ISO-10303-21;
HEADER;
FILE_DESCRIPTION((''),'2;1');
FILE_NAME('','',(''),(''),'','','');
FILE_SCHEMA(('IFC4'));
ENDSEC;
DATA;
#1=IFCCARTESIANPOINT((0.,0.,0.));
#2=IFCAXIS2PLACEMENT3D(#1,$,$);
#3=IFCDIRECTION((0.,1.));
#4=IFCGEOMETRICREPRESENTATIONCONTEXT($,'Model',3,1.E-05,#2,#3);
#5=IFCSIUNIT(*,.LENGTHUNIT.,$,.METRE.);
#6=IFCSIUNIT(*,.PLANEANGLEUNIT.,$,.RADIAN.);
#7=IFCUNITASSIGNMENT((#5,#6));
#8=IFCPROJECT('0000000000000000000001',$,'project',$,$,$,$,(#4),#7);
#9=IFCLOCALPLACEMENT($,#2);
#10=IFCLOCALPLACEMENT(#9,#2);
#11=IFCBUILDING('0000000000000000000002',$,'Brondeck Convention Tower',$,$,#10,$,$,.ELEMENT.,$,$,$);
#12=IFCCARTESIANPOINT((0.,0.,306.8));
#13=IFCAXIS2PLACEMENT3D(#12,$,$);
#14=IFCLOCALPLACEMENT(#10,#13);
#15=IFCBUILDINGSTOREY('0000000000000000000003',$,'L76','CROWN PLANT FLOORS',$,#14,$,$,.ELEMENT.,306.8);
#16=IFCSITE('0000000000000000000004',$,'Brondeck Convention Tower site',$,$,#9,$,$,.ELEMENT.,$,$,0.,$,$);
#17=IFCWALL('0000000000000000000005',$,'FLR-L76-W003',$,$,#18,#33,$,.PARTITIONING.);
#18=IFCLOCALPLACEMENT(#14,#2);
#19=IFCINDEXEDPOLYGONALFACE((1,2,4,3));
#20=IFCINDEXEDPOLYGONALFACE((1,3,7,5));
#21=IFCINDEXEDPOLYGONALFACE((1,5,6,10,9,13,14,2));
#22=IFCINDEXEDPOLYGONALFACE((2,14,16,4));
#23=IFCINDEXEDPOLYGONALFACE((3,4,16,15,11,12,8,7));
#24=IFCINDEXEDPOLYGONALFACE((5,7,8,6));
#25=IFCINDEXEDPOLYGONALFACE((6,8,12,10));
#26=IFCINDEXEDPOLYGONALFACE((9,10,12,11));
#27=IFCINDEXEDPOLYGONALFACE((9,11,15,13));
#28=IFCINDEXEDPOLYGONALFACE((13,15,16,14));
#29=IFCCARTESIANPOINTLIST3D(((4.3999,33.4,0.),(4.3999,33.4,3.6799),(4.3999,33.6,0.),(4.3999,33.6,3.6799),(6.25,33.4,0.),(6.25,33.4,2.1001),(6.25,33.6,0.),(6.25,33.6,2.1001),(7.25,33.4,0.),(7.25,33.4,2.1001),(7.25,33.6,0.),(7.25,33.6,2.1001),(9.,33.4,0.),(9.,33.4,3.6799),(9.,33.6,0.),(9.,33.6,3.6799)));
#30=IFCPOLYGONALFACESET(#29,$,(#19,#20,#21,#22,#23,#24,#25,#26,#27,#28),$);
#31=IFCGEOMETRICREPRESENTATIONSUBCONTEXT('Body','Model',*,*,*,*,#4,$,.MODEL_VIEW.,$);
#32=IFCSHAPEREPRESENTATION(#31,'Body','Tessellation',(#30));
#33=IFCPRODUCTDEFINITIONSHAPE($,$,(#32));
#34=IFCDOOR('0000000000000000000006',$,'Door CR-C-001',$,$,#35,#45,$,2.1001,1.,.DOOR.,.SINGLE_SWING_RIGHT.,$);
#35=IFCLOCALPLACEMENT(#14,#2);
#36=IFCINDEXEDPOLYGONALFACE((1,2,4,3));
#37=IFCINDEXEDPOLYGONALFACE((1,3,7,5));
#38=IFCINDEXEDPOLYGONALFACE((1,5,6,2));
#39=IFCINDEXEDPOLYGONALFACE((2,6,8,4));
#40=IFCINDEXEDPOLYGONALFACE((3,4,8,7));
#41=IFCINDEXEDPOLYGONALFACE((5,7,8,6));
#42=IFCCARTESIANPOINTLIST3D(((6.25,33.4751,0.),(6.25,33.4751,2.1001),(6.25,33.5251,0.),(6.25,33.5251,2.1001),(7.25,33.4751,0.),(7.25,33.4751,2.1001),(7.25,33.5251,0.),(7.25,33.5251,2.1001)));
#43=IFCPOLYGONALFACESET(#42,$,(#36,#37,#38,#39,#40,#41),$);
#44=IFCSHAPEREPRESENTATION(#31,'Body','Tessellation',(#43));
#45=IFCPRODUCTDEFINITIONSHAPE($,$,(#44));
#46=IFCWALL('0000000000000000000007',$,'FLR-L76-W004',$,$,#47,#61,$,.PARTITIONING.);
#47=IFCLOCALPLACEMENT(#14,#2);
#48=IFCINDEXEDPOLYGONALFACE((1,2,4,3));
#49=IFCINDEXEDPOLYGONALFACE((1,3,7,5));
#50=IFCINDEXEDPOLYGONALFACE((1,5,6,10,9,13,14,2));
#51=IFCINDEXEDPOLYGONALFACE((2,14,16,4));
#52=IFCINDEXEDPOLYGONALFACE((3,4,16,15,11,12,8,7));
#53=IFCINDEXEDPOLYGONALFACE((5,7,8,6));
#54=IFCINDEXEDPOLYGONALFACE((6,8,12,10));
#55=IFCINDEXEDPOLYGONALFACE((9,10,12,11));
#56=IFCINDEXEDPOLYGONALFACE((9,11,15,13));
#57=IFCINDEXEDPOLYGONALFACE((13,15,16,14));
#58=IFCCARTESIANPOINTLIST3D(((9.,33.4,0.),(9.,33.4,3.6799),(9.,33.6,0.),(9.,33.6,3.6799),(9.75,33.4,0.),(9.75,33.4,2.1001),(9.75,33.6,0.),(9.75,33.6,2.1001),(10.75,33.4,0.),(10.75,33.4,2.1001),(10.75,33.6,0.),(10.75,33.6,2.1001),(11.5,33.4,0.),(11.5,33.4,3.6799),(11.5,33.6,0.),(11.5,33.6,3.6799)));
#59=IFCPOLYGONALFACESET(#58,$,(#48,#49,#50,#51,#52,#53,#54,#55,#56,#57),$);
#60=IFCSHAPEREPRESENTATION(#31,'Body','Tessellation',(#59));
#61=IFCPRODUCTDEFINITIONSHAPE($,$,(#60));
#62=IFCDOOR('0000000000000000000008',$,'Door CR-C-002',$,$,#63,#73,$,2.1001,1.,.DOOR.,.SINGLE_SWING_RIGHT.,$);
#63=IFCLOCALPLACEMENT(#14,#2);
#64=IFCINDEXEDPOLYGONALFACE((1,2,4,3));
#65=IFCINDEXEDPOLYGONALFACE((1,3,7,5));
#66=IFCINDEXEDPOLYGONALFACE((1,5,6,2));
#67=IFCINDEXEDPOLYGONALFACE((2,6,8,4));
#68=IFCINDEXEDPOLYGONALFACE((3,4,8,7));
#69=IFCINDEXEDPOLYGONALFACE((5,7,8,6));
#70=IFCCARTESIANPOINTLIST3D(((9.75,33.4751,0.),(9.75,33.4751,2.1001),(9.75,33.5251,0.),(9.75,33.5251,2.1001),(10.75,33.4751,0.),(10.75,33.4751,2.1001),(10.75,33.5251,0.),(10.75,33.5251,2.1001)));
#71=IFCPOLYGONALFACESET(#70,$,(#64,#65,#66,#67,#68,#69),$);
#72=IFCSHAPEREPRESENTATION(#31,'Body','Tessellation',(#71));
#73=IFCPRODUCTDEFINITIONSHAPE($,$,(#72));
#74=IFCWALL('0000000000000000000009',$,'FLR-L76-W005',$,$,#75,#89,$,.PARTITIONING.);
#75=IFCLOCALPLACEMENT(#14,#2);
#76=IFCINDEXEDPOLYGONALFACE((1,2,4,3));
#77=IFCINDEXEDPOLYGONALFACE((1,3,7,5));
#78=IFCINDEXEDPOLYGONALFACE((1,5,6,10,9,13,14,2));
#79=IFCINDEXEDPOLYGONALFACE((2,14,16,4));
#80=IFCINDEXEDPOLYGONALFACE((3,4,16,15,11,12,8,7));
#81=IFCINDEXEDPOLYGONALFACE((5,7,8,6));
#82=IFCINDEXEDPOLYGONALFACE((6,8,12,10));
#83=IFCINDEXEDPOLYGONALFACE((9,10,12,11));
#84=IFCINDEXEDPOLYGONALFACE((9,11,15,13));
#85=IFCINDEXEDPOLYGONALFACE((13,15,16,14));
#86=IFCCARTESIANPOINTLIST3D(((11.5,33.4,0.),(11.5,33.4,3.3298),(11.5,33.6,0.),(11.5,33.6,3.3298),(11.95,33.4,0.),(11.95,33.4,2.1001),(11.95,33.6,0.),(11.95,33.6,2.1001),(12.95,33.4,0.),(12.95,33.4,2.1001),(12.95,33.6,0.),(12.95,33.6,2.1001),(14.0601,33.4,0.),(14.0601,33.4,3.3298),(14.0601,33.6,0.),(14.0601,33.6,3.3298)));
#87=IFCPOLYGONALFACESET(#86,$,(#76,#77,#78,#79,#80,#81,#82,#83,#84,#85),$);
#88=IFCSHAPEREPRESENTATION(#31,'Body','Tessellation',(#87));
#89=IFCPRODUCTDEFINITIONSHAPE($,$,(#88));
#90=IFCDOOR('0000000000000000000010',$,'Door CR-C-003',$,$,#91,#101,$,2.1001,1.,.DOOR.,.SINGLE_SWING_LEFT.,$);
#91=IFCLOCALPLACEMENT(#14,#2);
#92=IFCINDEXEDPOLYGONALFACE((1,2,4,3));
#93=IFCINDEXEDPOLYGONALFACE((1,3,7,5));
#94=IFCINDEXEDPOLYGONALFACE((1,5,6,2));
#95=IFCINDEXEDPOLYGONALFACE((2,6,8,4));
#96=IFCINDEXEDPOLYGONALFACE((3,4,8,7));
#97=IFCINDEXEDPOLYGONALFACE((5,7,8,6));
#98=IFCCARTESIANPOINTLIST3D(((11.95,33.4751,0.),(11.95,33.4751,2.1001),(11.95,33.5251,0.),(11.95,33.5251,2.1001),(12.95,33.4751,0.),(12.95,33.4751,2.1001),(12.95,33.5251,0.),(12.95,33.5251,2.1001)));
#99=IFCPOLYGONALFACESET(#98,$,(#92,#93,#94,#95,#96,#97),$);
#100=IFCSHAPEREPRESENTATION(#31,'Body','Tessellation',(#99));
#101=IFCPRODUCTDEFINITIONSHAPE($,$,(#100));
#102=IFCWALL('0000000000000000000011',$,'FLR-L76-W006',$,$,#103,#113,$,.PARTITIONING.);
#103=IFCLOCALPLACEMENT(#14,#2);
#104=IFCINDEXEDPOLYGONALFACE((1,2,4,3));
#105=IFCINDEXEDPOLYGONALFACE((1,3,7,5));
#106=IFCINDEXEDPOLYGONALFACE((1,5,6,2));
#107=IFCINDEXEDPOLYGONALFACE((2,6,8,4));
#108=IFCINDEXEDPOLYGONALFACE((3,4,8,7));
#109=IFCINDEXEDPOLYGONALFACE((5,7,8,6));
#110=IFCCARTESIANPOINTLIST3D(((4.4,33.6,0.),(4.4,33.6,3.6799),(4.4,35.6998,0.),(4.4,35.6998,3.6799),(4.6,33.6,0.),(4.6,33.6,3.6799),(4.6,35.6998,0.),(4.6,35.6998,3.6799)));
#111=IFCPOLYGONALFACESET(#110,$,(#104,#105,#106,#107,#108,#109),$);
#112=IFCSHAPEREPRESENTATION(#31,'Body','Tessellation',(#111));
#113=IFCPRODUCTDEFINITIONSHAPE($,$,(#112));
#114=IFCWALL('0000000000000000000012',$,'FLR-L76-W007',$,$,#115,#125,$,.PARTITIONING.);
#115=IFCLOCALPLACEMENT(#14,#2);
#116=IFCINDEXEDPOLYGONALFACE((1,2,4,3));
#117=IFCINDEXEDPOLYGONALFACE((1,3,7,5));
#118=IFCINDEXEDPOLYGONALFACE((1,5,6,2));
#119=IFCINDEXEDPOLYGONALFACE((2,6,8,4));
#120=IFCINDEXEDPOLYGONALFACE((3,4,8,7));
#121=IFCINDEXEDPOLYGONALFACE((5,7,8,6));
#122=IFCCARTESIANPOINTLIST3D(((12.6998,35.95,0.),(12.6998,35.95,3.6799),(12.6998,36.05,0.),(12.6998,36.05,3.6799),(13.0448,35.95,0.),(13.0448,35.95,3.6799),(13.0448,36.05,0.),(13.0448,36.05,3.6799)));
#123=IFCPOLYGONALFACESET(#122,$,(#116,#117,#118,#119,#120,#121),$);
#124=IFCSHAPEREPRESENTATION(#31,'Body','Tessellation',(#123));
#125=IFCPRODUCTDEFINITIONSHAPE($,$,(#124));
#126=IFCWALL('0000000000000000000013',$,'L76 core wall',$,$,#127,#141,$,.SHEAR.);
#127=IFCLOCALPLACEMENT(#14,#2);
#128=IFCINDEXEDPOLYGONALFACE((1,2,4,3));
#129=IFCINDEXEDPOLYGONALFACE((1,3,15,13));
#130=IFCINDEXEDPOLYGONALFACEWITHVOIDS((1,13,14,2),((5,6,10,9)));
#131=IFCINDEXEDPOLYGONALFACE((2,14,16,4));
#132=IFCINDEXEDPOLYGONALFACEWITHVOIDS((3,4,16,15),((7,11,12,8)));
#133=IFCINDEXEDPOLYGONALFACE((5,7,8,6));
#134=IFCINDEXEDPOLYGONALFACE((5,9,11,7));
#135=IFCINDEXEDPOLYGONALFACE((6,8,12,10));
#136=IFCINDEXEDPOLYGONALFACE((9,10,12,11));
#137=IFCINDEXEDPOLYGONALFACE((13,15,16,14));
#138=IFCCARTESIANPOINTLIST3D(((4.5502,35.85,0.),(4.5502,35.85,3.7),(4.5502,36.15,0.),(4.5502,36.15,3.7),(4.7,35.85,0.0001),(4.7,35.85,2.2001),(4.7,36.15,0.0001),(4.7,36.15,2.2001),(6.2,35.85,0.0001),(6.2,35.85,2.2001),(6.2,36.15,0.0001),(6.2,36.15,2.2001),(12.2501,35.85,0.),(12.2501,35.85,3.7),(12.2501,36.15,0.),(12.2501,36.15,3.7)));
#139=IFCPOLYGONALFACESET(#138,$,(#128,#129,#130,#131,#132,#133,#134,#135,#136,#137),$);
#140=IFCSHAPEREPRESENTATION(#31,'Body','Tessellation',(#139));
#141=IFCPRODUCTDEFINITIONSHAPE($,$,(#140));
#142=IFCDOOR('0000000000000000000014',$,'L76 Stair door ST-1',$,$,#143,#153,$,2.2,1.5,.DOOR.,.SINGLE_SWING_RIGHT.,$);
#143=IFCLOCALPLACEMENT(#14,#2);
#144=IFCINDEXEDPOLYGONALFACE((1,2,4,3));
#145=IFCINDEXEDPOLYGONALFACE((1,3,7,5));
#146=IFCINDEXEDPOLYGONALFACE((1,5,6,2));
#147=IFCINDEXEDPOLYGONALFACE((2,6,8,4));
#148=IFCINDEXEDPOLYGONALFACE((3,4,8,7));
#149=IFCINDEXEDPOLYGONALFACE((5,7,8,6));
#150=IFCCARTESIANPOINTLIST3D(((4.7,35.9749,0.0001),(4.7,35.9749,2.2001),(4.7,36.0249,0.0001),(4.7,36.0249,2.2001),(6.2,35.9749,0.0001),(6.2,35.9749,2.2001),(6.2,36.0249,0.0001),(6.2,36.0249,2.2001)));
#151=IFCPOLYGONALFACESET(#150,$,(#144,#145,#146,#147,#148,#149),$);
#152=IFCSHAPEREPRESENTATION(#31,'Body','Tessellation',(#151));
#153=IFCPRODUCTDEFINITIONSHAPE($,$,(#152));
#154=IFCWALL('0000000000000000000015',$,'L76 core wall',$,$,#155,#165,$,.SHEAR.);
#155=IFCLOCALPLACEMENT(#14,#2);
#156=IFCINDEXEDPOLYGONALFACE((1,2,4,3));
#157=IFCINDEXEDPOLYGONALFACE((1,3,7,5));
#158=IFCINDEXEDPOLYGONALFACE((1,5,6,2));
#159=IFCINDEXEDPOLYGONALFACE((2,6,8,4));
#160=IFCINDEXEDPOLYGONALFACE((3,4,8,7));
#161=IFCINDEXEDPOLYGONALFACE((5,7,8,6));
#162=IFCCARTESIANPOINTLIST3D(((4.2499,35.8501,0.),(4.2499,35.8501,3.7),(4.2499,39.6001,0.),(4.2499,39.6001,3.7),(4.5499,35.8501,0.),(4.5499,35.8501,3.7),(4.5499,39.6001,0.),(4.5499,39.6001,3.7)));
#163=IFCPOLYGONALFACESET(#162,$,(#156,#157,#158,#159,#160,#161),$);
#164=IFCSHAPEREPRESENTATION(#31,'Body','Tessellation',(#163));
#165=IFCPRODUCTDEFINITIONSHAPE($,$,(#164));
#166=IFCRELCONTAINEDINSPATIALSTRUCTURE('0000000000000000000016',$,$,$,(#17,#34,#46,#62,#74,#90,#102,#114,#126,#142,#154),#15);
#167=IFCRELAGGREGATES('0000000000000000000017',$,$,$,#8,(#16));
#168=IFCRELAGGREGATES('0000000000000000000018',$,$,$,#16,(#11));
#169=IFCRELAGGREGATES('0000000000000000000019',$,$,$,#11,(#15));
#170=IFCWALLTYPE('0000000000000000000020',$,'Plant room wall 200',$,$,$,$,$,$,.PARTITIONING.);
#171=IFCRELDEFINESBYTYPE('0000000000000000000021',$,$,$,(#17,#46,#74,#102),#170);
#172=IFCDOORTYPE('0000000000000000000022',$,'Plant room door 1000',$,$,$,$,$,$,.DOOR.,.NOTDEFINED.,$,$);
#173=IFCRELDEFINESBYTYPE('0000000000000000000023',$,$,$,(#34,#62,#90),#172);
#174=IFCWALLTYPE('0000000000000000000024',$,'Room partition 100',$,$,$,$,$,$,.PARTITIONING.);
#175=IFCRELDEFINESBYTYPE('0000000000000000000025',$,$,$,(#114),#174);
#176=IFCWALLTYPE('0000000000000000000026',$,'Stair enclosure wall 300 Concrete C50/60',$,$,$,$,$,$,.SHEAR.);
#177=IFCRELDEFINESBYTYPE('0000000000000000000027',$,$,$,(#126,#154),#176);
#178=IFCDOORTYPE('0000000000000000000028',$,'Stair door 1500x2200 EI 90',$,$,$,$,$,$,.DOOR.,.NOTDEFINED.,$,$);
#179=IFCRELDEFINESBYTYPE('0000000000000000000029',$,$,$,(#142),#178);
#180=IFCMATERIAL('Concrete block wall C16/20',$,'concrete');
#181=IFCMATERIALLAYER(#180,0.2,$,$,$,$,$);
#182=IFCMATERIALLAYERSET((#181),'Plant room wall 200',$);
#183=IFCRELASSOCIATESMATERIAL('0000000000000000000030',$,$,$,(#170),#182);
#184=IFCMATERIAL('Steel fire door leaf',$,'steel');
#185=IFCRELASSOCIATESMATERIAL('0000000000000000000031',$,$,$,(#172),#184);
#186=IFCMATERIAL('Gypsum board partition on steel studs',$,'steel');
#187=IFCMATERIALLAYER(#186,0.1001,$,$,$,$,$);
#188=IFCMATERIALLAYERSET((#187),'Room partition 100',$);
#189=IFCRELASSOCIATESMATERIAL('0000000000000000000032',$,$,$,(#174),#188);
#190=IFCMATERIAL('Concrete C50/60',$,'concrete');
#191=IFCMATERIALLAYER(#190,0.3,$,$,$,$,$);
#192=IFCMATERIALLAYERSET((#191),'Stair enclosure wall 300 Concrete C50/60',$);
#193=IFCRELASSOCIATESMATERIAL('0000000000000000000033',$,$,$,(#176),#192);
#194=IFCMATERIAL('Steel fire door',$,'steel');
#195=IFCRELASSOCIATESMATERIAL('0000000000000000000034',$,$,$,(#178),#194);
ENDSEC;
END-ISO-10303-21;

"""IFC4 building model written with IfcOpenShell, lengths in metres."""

from ifc_helpers import new_model, si_unit, direction, frame, frame_2d, origin, place, context, subcontext, project, spatial, rectangle, extrude, material, layer, layer_set, type_object, element, fill, save


model = new_model("IFC4")

# Units and contexts
model_context = context("Model", 3, precision=1e-05, world=origin(), true_north=direction((0.0, 1.0)))
body_context = subcontext(model_context, "Body", "Model", "MODEL_VIEW")
ifc_project = project(units=[si_unit("LENGTHUNIT", "METRE"), si_unit("PLANEANGLEUNIT", "RADIAN")], contexts=[model_context])

# Site, building, storey
site_placement = place(None, origin())
site = spatial("IfcSite", under=ifc_project, at=site_placement, Name="Brondeck Convention Tower site", CompositionType="ELEMENT", RefElevation=0.0)
building_placement = place(site_placement, origin())
building = spatial("IfcBuilding", under=site, at=building_placement, Name="Brondeck Convention Tower", CompositionType="ELEMENT")
storey_placement = place(building_placement, frame((0.0, 0.0, 306.8)))
storey = spatial("IfcBuildingStorey", under=building, at=storey_placement, Name="L76", Description="CROWN PLANT FLOORS", CompositionType="ELEMENT", Elevation=306.8)

# Shared definitions
ifc_material_1 = material(Name="Concrete C50/60", Category="concrete")

# Shared definitions
ifc_material_2 = material(Name="Concrete block wall C16/20", Category="concrete")
ifc_layer_1 = layer(ifc_material_2, 0.2)
ifc_layer_set_1 = layer_set([ifc_layer_1], Name="Plant room wall 200")
wall_type_1 = type_object("IfcWallType", Name="Plant room wall 200", PredefinedType="PARTITIONING", material=ifc_layer_set_1)

# Walls, openings, doors
wall_1_placement = place(storey_placement, frame((9.0, 33.5, 0.0), z_axis=(0.0, 0.0, 1.0), x_axis=(-1.0, 0.0, 0.0)))
wall_1 = element("IfcWall", 1, at=wall_1_placement, inside=storey, type_object=wall_type_1, Name="FLR-L76-W003", PredefinedType="PARTITIONING", context=body_context, shape_type="SweptSolid", body=[
    extrude(rectangle(XDim=4.6001, YDim=0.2, at=frame_2d((2.3, 0.0))), origin(), (0.0, 0.0, 1.0), 3.6799),
])
opening_1_placement = place(wall_1_placement, frame((1.75, 0.0, 0.0)))
opening_1 = element("IfcOpeningElement", 2, at=opening_1_placement, cuts=wall_1, PredefinedType="OPENING", context=body_context, shape_type="SweptSolid", body=[
    extrude(rectangle(XDim=1.0, YDim=2.1001, at=frame_2d((0.5, 1.05))), frame((0.0, 0.1099, 0.0), z_axis=(0.0, -1.0, 0.0), x_axis=(1.0, 0.0, 0.0)), (0.0, 0.0, 1.0), 0.22),
])
ifc_material_3 = material(Name="Steel fire door leaf", Category="steel")
door_type_1 = type_object("IfcDoorType", Name="Plant room door 1000", OperationType="NOTDEFINED", PredefinedType="DOOR", material=ifc_material_3)
door_1_placement = place(opening_1_placement, origin())
door_1 = element("IfcDoor", 3, at=door_1_placement, inside=storey, type_object=door_type_1, Name="Door CR-C-001", OperationType="SINGLE_SWING_RIGHT", OverallHeight=2.1001, OverallWidth=1.0, PredefinedType="DOOR", context=body_context, shape_type="SweptSolid", body=[
    extrude(rectangle(XDim=1.0, YDim=2.1001, at=frame_2d((0.5, 1.05))), frame((0.0, 0.0249, 0.0), z_axis=(0.0, -1.0, 0.0), x_axis=(1.0, 0.0, 0.0)), (0.0, 0.0, 1.0), 0.05),
])
fill(opening_1, door_1)
wall_2_placement = place(storey_placement, frame((11.5, 33.5, 0.0), z_axis=(0.0, 0.0, 1.0), x_axis=(-1.0, 0.0, 0.0)))
wall_2 = element("IfcWall", 4, at=wall_2_placement, inside=storey, type_object=wall_type_1, Name="FLR-L76-W004", PredefinedType="PARTITIONING", context=body_context, shape_type="SweptSolid", body=[
    extrude(rectangle(XDim=2.5, YDim=0.2, at=frame_2d((1.25, 0.0))), origin(), (0.0, 0.0, 1.0), 3.6799),
])
opening_2_placement = place(wall_2_placement, frame((0.75, 0.0, 0.0)))
opening_2 = element("IfcOpeningElement", 5, at=opening_2_placement, cuts=wall_2, PredefinedType="OPENING", context=body_context, shape_type="SweptSolid", body=[
    extrude(rectangle(XDim=1.0, YDim=2.1001, at=frame_2d((0.5, 1.05))), frame((0.0, 0.1099, 0.0), z_axis=(0.0, -1.0, 0.0), x_axis=(1.0, 0.0, 0.0)), (0.0, 0.0, 1.0), 0.22),
])
door_2_placement = place(opening_2_placement, origin())
door_2 = element("IfcDoor", 6, at=door_2_placement, inside=storey, type_object=door_type_1, Name="Door CR-C-002", OperationType="SINGLE_SWING_RIGHT", OverallHeight=2.1001, OverallWidth=1.0, PredefinedType="DOOR", context=body_context, shape_type="SweptSolid", body=[
    extrude(rectangle(XDim=1.0, YDim=2.1001, at=frame_2d((0.5, 1.05))), frame((0.0, 0.0249, 0.0), z_axis=(0.0, -1.0, 0.0), x_axis=(1.0, 0.0, 0.0)), (0.0, 0.0, 1.0), 0.05),
])
fill(opening_2, door_2)
wall_3_placement = place(storey_placement, frame((14.0601, 33.5, 0.0), z_axis=(0.0, 0.0, 1.0), x_axis=(-1.0, 0.0, 0.0)))
wall_3 = element("IfcWall", 7, at=wall_3_placement, inside=storey, type_object=wall_type_1, Name="FLR-L76-W005", PredefinedType="PARTITIONING", context=body_context, shape_type="SweptSolid", body=[
    extrude(rectangle(XDim=2.5601, YDim=0.2, at=frame_2d((1.28, 0.0))), origin(), (0.0, 0.0, 1.0), 3.3298),
])
opening_3_placement = place(wall_3_placement, frame((1.1101, 0.0, 0.0)))
opening_3 = element("IfcOpeningElement", 8, at=opening_3_placement, cuts=wall_3, PredefinedType="OPENING", context=body_context, shape_type="SweptSolid", body=[
    extrude(rectangle(XDim=1.0, YDim=2.1001, at=frame_2d((0.5, 1.05))), frame((0.0, 0.1099, 0.0), z_axis=(0.0, -1.0, 0.0), x_axis=(1.0, 0.0, 0.0)), (0.0, 0.0, 1.0), 0.22),
])
door_3_placement = place(opening_3_placement, origin())
door_3 = element("IfcDoor", 9, at=door_3_placement, inside=storey, type_object=door_type_1, Name="Door CR-C-003", OperationType="SINGLE_SWING_LEFT", OverallHeight=2.1001, OverallWidth=1.0, PredefinedType="DOOR", context=body_context, shape_type="SweptSolid", body=[
    extrude(rectangle(XDim=1.0, YDim=2.1001, at=frame_2d((0.5, 1.05))), frame((0.0, 0.0249, 0.0), z_axis=(0.0, -1.0, 0.0), x_axis=(1.0, 0.0, 0.0)), (0.0, 0.0, 1.0), 0.05),
])
fill(opening_3, door_3)

# Walls
wall_4_placement = place(storey_placement, frame((4.5, 33.6001, 0.0), z_axis=(0.0, 0.0, 1.0), x_axis=(0.0, 1.0, 0.0)))
element("IfcWall", 10, at=wall_4_placement, inside=storey, type_object=wall_type_1, Name="FLR-L76-W006", PredefinedType="PARTITIONING", context=body_context, shape_type="SweptSolid", body=[
    extrude(rectangle(XDim=2.0999, YDim=0.2, at=frame_2d((1.0498, 0.0))), origin(), (0.0, 0.0, 1.0), 3.6799),
])
ifc_material_4 = material(Name="Gypsum board partition on steel studs", Category="steel")
ifc_layer_2 = layer(ifc_material_4, 0.1001)
ifc_layer_set_2 = layer_set([ifc_layer_2], Name="Room partition 100")
wall_type_2 = type_object("IfcWallType", Name="Room partition 100", PredefinedType="PARTITIONING", material=ifc_layer_set_2)
wall_5_placement = place(storey_placement, frame((12.7, 36.0, 0.0), z_axis=(0.0, 0.0, 1.0), x_axis=(1.0, 0.0, 0.0)))
element("IfcWall", 11, at=wall_5_placement, inside=storey, type_object=wall_type_2, Name="FLR-L76-W007", PredefinedType="PARTITIONING", context=body_context, shape_type="SweptSolid", body=[
    extrude(rectangle(XDim=0.345, YDim=0.1001, at=frame_2d((0.1724, 0.0))), origin(), (0.0, 0.0, 1.0), 3.6799),
])

# Wall, opening, door
ifc_layer_3 = layer(ifc_material_1, 0.3)
ifc_layer_set_3 = layer_set([ifc_layer_3], Name="Stair enclosure wall 300 Concrete C50/60")
wall_type_3 = type_object("IfcWallType", Name="Stair enclosure wall 300 Concrete C50/60", PredefinedType="SHEAR", material=ifc_layer_set_3)
wall_6_placement = place(storey_placement, frame((4.55, 36.0, 0.0), z_axis=(0.0, 0.0, 1.0), x_axis=(1.0, 0.0, 0.0)))
wall_6 = element("IfcWall", 12, at=wall_6_placement, inside=storey, type_object=wall_type_3, Name="L76 core wall", PredefinedType="SHEAR", context=body_context, shape_type="SweptSolid", body=[
    extrude(rectangle(XDim=7.7, YDim=0.3, at=frame_2d((3.8501, 0.0))), origin(), (0.0, 0.0, 1.0), 3.7),
])
opening_4_placement = place(wall_6_placement, frame((0.1499, 0.0, 0.0)))
opening_4 = element("IfcOpeningElement", 13, at=opening_4_placement, cuts=wall_6, PredefinedType="OPENING", context=body_context, shape_type="SweptSolid", body=[
    extrude(rectangle(XDim=1.5, YDim=2.2, at=frame_2d((0.75, 1.1001))), frame((0.0, 0.1599, 0.0), z_axis=(0.0, -1.0, 0.0), x_axis=(1.0, 0.0, 0.0)), (0.0, 0.0, 1.0), 0.3201),
])
ifc_material_5 = material(Name="Steel fire door", Category="steel")
door_type_2 = type_object("IfcDoorType", Name="Stair door 1500x2200 EI 90", OperationType="NOTDEFINED", PredefinedType="DOOR", material=ifc_material_5)
door_4_placement = place(opening_4_placement, origin())
door_4 = element("IfcDoor", 14, at=door_4_placement, inside=storey, type_object=door_type_2, Name="L76 Stair door ST-1", OperationType="SINGLE_SWING_RIGHT", OverallHeight=2.2, OverallWidth=1.5, PredefinedType="DOOR", context=body_context, shape_type="SweptSolid", body=[
    extrude(rectangle(XDim=1.5, YDim=2.2, at=frame_2d((0.75, 1.1001))), frame((0.0, 0.0249, 0.0), z_axis=(0.0, -1.0, 0.0), x_axis=(1.0, 0.0, 0.0)), (0.0, 0.0, 1.0), 0.05),
])
fill(opening_4, door_4)

# Wall
wall_7_placement = place(storey_placement, frame((4.3999, 35.8501, 0.0), z_axis=(0.0, 0.0, 1.0), x_axis=(0.0, 1.0, 0.0)))
element("IfcWall", 15, at=wall_7_placement, inside=storey, type_object=wall_type_3, Name="L76 core wall", PredefinedType="SHEAR", context=body_context, shape_type="SweptSolid", body=[
    extrude(rectangle(XDim=3.75, YDim=0.3, at=frame_2d((1.875, 0.0))), origin(), (0.0, 0.0, 1.0), 3.7),
])

save(model, "model.ifc")
